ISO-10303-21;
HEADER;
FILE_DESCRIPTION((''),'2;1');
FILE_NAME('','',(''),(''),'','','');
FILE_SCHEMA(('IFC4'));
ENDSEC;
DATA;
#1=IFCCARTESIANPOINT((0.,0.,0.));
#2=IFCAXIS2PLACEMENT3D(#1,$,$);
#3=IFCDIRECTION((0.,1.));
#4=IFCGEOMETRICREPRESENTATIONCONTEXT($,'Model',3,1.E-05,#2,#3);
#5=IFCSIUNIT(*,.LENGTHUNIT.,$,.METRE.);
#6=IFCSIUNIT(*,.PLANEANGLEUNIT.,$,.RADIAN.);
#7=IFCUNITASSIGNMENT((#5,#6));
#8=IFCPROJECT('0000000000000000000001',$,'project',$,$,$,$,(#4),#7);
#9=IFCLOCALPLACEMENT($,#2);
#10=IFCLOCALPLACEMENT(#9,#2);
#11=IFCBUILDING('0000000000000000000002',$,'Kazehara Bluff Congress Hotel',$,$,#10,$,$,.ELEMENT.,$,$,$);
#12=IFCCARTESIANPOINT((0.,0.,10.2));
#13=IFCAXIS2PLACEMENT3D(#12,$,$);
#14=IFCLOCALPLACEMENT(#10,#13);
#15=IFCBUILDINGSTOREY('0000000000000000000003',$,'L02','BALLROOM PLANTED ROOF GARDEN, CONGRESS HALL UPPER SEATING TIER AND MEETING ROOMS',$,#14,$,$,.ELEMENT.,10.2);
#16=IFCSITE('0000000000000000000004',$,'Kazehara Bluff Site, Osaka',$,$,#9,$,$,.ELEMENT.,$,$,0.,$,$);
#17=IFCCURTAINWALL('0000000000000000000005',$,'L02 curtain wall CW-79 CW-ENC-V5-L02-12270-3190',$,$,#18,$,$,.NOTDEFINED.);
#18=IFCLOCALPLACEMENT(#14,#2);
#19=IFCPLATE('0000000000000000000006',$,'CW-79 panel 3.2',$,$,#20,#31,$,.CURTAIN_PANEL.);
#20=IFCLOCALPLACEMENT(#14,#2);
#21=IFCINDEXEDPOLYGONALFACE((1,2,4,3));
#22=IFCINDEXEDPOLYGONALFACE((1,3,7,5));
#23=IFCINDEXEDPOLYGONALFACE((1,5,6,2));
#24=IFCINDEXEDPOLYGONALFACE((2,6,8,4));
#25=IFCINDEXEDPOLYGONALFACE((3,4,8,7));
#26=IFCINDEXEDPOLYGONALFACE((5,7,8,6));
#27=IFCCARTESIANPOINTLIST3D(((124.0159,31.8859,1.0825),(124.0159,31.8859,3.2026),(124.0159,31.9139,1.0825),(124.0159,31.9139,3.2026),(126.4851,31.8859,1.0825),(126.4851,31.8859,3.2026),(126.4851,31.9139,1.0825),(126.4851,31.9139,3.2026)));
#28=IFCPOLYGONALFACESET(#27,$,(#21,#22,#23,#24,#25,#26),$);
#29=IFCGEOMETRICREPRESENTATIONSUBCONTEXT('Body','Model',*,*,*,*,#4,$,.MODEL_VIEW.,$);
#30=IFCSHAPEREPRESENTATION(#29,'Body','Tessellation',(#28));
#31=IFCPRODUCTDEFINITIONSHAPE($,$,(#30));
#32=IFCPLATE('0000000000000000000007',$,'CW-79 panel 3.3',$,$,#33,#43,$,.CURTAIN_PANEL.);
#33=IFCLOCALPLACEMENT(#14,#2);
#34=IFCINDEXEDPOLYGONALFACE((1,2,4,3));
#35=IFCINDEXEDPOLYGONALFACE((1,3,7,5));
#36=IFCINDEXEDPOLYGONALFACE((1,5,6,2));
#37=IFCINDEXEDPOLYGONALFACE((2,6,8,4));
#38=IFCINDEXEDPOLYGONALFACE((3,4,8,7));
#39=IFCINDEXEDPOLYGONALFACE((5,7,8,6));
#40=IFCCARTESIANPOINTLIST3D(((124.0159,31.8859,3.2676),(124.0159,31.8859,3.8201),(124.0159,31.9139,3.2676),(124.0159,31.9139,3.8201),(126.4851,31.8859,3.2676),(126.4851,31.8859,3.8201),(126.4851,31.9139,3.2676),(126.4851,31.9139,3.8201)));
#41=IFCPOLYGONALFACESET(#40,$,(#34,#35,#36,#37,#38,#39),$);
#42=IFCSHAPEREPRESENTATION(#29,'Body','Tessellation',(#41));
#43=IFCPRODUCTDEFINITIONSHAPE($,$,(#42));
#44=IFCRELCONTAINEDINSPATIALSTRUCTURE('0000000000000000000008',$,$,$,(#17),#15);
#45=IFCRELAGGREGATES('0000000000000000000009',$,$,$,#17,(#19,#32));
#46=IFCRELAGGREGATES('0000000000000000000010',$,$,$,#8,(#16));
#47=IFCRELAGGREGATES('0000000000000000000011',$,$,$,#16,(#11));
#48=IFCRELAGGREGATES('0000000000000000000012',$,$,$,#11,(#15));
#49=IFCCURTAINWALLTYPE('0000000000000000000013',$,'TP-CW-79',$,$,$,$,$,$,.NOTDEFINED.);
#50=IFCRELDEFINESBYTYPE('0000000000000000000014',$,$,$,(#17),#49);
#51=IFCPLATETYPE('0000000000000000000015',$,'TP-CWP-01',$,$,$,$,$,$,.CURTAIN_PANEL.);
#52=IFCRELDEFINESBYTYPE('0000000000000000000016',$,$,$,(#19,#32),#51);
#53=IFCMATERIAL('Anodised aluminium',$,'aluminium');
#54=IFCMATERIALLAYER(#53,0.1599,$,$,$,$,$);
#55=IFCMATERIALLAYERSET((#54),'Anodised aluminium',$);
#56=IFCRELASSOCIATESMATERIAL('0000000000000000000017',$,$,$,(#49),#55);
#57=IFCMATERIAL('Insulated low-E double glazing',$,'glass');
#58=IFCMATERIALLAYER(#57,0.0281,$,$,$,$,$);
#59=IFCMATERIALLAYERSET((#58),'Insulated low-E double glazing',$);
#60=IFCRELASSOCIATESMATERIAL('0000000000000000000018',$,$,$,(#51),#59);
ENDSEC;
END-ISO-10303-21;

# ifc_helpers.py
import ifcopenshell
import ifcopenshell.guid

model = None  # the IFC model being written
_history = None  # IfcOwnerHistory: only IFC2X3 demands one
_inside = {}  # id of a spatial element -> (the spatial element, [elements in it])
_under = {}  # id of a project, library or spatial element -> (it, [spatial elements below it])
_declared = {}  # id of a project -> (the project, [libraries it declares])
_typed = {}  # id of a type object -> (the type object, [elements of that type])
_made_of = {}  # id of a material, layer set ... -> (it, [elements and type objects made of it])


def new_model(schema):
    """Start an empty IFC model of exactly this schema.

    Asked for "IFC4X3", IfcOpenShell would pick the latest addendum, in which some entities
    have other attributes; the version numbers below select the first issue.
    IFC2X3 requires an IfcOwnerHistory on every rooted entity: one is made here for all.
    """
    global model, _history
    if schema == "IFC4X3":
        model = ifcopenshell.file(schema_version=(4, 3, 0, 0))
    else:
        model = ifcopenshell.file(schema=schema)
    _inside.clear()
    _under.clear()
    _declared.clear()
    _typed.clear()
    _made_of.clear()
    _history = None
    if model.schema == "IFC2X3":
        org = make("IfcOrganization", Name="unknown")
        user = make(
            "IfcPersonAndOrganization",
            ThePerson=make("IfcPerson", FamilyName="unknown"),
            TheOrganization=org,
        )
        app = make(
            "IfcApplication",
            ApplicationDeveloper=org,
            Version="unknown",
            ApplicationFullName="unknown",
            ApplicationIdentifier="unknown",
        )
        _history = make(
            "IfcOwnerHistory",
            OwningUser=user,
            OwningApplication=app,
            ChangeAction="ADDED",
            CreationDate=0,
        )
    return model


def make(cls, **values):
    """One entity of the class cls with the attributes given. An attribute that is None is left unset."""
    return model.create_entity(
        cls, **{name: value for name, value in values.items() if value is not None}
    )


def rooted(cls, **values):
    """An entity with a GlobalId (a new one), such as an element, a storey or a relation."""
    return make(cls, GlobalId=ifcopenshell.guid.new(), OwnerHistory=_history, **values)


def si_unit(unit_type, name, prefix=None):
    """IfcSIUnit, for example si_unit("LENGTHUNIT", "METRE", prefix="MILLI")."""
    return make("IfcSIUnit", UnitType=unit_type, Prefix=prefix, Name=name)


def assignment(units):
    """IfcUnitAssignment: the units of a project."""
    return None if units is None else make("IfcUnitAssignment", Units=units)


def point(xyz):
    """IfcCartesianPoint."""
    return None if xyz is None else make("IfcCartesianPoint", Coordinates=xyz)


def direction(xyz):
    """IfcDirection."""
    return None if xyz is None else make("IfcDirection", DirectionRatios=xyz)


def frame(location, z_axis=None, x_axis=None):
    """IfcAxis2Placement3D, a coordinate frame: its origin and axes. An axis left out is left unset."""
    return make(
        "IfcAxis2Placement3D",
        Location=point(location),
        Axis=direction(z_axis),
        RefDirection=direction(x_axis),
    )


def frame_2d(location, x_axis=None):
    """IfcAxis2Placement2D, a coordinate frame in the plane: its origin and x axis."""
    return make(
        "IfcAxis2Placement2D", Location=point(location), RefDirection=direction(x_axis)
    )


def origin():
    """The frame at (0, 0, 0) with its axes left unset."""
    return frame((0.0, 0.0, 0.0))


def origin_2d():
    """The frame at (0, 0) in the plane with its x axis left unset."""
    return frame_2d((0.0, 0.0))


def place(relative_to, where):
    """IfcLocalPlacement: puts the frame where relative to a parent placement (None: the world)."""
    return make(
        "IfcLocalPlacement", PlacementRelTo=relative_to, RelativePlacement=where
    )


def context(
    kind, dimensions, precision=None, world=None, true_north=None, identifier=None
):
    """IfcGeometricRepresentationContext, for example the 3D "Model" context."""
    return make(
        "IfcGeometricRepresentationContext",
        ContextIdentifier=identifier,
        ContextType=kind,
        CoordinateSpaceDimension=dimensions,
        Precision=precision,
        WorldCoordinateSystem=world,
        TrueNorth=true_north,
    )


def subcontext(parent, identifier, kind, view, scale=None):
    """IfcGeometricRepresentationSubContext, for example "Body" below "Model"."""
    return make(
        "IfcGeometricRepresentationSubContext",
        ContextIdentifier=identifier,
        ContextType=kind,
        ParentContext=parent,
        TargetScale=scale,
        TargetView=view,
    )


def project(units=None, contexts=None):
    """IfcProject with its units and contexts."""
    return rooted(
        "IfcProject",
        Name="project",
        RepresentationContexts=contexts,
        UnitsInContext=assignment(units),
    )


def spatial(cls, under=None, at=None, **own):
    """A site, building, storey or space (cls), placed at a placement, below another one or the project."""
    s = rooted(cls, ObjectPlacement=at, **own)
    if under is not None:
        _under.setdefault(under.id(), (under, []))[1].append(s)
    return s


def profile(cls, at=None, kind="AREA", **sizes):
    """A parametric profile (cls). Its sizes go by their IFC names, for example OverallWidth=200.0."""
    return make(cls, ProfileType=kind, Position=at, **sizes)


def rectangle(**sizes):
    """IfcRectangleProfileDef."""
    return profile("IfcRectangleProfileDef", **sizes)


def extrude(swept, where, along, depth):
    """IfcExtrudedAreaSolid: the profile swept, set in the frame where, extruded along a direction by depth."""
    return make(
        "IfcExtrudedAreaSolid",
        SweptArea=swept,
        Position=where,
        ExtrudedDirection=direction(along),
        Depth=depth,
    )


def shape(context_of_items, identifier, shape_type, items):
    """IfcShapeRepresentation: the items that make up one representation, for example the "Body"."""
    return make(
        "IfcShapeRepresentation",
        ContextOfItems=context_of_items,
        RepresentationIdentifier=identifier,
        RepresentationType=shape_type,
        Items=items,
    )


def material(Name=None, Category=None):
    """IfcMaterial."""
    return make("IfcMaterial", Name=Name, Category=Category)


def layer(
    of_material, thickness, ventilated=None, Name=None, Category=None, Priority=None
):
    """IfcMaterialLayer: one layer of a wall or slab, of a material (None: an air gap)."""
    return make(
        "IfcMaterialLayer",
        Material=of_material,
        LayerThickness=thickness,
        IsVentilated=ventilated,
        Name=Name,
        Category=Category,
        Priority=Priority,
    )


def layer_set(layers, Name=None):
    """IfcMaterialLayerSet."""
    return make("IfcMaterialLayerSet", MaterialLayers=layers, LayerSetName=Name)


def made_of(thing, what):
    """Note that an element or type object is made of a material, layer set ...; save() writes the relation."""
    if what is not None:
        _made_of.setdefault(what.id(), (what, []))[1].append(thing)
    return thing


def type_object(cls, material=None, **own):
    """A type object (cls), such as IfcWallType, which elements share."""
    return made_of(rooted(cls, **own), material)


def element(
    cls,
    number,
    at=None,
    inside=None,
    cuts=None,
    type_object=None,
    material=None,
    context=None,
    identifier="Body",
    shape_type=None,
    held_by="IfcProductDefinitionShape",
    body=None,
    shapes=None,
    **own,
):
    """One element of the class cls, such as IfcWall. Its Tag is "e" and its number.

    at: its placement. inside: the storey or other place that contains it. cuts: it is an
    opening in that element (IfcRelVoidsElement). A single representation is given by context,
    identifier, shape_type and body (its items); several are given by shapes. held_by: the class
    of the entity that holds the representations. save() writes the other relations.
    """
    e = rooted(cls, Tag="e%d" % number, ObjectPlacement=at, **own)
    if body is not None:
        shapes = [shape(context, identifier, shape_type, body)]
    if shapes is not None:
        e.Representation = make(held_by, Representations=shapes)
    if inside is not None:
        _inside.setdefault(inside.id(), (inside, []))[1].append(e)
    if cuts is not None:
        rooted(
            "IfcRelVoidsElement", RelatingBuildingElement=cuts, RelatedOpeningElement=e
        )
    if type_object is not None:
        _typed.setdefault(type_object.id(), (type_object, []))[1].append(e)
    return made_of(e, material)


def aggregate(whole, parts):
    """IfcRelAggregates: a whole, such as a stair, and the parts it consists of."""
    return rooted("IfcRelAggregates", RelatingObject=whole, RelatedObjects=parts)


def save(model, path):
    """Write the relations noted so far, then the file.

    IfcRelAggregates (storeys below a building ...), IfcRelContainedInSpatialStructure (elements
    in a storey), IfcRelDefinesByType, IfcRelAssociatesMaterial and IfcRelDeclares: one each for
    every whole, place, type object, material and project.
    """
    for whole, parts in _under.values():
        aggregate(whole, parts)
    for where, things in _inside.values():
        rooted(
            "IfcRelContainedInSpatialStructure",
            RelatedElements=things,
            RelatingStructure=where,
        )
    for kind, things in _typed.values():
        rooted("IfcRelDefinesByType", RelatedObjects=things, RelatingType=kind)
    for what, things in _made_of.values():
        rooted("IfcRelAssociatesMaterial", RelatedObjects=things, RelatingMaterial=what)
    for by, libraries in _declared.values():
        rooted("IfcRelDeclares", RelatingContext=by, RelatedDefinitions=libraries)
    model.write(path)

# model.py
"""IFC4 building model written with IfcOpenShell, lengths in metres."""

from ifc_helpers import new_model, si_unit, direction, frame, origin, origin_2d, place, context, subcontext, project, spatial, rectangle, extrude, material, layer, layer_set, type_object, element, aggregate, save


model = new_model("IFC4")

# Units and contexts
model_context = context("Model", 3, precision=1e-05, world=origin(), true_north=direction((0.0, 1.0)))
body_context = subcontext(model_context, "Body", "Model", "MODEL_VIEW")
ifc_project = project(units=[si_unit("LENGTHUNIT", "METRE"), si_unit("PLANEANGLEUNIT", "RADIAN")], contexts=[model_context])

# Site, building, storey
site_placement = place(None, origin())
site = spatial("IfcSite", under=ifc_project, at=site_placement, Name="Kazehara Bluff Site, Osaka", CompositionType="ELEMENT", RefElevation=0.0)
building_placement = place(site_placement, origin())
building = spatial("IfcBuilding", under=site, at=building_placement, Name="Kazehara Bluff Congress Hotel", CompositionType="ELEMENT")
storey_placement = place(building_placement, frame((0.0, 0.0, 10.2)))
storey = spatial("IfcBuildingStorey", under=building, at=storey_placement, Name="L02", Description="BALLROOM PLANTED ROOF GARDEN, CONGRESS HALL UPPER SEATING TIER AND MEETING ROOMS", CompositionType="ELEMENT", Elevation=10.2)

# Curtain wall
ifc_material_1 = material(Name="Anodised aluminium", Category="aluminium")
ifc_layer_1 = layer(ifc_material_1, 0.1599)
ifc_layer_set_1 = layer_set([ifc_layer_1], Name="Anodised aluminium")
curtain_wall_type_1 = type_object("IfcCurtainWallType", Name="TP-CW-79", PredefinedType="NOTDEFINED", material=ifc_layer_set_1)
curtain_wall_1_placement = place(storey_placement, origin())
curtain_wall_1 = element("IfcCurtainWall", 1, at=curtain_wall_1_placement, inside=storey, type_object=curtain_wall_type_1, Name="L02 curtain wall CW-79 CW-ENC-V5-L02-12270-3190", PredefinedType="NOTDEFINED")

# Plates
ifc_material_2 = material(Name="Insulated low-E double glazing", Category="glass")
ifc_layer_2 = layer(ifc_material_2, 0.0281)
ifc_layer_set_2 = layer_set([ifc_layer_2], Name="Insulated low-E double glazing")
plate_type = type_object("IfcPlateType", Name="TP-CWP-01", PredefinedType="CURTAIN_PANEL", material=ifc_layer_set_2)
plate_1_placement = place(storey_placement, frame((125.2505, 31.8999, 1.0825), z_axis=(0.0, 0.0, 1.0), x_axis=(1.0, 0.0, 0.0)))
plate_1 = element("IfcPlate", 2, at=plate_1_placement, type_object=plate_type, Name="CW-79 panel 3.2", PredefinedType="CURTAIN_PANEL", context=body_context, shape_type="SweptSolid", body=[
    extrude(rectangle(XDim=2.4692, YDim=0.0281, at=origin_2d()), origin(), (0.0, 0.0, 1.0), 2.1201),
])
plate_2_placement = place(storey_placement, frame((125.2505, 31.8999, 3.2676), z_axis=(0.0, 0.0, 1.0), x_axis=(1.0, 0.0, 0.0)))
plate_2 = element("IfcPlate", 3, at=plate_2_placement, type_object=plate_type, Name="CW-79 panel 3.3", PredefinedType="CURTAIN_PANEL", context=body_context, shape_type="SweptSolid", body=[
    extrude(rectangle(XDim=2.4692, YDim=0.0281, at=origin_2d()), origin(), (0.0, 0.0, 1.0), 0.5525),
])
aggregate(curtain_wall_1, [plate_1, plate_2])

save(model, "model.ifc")
